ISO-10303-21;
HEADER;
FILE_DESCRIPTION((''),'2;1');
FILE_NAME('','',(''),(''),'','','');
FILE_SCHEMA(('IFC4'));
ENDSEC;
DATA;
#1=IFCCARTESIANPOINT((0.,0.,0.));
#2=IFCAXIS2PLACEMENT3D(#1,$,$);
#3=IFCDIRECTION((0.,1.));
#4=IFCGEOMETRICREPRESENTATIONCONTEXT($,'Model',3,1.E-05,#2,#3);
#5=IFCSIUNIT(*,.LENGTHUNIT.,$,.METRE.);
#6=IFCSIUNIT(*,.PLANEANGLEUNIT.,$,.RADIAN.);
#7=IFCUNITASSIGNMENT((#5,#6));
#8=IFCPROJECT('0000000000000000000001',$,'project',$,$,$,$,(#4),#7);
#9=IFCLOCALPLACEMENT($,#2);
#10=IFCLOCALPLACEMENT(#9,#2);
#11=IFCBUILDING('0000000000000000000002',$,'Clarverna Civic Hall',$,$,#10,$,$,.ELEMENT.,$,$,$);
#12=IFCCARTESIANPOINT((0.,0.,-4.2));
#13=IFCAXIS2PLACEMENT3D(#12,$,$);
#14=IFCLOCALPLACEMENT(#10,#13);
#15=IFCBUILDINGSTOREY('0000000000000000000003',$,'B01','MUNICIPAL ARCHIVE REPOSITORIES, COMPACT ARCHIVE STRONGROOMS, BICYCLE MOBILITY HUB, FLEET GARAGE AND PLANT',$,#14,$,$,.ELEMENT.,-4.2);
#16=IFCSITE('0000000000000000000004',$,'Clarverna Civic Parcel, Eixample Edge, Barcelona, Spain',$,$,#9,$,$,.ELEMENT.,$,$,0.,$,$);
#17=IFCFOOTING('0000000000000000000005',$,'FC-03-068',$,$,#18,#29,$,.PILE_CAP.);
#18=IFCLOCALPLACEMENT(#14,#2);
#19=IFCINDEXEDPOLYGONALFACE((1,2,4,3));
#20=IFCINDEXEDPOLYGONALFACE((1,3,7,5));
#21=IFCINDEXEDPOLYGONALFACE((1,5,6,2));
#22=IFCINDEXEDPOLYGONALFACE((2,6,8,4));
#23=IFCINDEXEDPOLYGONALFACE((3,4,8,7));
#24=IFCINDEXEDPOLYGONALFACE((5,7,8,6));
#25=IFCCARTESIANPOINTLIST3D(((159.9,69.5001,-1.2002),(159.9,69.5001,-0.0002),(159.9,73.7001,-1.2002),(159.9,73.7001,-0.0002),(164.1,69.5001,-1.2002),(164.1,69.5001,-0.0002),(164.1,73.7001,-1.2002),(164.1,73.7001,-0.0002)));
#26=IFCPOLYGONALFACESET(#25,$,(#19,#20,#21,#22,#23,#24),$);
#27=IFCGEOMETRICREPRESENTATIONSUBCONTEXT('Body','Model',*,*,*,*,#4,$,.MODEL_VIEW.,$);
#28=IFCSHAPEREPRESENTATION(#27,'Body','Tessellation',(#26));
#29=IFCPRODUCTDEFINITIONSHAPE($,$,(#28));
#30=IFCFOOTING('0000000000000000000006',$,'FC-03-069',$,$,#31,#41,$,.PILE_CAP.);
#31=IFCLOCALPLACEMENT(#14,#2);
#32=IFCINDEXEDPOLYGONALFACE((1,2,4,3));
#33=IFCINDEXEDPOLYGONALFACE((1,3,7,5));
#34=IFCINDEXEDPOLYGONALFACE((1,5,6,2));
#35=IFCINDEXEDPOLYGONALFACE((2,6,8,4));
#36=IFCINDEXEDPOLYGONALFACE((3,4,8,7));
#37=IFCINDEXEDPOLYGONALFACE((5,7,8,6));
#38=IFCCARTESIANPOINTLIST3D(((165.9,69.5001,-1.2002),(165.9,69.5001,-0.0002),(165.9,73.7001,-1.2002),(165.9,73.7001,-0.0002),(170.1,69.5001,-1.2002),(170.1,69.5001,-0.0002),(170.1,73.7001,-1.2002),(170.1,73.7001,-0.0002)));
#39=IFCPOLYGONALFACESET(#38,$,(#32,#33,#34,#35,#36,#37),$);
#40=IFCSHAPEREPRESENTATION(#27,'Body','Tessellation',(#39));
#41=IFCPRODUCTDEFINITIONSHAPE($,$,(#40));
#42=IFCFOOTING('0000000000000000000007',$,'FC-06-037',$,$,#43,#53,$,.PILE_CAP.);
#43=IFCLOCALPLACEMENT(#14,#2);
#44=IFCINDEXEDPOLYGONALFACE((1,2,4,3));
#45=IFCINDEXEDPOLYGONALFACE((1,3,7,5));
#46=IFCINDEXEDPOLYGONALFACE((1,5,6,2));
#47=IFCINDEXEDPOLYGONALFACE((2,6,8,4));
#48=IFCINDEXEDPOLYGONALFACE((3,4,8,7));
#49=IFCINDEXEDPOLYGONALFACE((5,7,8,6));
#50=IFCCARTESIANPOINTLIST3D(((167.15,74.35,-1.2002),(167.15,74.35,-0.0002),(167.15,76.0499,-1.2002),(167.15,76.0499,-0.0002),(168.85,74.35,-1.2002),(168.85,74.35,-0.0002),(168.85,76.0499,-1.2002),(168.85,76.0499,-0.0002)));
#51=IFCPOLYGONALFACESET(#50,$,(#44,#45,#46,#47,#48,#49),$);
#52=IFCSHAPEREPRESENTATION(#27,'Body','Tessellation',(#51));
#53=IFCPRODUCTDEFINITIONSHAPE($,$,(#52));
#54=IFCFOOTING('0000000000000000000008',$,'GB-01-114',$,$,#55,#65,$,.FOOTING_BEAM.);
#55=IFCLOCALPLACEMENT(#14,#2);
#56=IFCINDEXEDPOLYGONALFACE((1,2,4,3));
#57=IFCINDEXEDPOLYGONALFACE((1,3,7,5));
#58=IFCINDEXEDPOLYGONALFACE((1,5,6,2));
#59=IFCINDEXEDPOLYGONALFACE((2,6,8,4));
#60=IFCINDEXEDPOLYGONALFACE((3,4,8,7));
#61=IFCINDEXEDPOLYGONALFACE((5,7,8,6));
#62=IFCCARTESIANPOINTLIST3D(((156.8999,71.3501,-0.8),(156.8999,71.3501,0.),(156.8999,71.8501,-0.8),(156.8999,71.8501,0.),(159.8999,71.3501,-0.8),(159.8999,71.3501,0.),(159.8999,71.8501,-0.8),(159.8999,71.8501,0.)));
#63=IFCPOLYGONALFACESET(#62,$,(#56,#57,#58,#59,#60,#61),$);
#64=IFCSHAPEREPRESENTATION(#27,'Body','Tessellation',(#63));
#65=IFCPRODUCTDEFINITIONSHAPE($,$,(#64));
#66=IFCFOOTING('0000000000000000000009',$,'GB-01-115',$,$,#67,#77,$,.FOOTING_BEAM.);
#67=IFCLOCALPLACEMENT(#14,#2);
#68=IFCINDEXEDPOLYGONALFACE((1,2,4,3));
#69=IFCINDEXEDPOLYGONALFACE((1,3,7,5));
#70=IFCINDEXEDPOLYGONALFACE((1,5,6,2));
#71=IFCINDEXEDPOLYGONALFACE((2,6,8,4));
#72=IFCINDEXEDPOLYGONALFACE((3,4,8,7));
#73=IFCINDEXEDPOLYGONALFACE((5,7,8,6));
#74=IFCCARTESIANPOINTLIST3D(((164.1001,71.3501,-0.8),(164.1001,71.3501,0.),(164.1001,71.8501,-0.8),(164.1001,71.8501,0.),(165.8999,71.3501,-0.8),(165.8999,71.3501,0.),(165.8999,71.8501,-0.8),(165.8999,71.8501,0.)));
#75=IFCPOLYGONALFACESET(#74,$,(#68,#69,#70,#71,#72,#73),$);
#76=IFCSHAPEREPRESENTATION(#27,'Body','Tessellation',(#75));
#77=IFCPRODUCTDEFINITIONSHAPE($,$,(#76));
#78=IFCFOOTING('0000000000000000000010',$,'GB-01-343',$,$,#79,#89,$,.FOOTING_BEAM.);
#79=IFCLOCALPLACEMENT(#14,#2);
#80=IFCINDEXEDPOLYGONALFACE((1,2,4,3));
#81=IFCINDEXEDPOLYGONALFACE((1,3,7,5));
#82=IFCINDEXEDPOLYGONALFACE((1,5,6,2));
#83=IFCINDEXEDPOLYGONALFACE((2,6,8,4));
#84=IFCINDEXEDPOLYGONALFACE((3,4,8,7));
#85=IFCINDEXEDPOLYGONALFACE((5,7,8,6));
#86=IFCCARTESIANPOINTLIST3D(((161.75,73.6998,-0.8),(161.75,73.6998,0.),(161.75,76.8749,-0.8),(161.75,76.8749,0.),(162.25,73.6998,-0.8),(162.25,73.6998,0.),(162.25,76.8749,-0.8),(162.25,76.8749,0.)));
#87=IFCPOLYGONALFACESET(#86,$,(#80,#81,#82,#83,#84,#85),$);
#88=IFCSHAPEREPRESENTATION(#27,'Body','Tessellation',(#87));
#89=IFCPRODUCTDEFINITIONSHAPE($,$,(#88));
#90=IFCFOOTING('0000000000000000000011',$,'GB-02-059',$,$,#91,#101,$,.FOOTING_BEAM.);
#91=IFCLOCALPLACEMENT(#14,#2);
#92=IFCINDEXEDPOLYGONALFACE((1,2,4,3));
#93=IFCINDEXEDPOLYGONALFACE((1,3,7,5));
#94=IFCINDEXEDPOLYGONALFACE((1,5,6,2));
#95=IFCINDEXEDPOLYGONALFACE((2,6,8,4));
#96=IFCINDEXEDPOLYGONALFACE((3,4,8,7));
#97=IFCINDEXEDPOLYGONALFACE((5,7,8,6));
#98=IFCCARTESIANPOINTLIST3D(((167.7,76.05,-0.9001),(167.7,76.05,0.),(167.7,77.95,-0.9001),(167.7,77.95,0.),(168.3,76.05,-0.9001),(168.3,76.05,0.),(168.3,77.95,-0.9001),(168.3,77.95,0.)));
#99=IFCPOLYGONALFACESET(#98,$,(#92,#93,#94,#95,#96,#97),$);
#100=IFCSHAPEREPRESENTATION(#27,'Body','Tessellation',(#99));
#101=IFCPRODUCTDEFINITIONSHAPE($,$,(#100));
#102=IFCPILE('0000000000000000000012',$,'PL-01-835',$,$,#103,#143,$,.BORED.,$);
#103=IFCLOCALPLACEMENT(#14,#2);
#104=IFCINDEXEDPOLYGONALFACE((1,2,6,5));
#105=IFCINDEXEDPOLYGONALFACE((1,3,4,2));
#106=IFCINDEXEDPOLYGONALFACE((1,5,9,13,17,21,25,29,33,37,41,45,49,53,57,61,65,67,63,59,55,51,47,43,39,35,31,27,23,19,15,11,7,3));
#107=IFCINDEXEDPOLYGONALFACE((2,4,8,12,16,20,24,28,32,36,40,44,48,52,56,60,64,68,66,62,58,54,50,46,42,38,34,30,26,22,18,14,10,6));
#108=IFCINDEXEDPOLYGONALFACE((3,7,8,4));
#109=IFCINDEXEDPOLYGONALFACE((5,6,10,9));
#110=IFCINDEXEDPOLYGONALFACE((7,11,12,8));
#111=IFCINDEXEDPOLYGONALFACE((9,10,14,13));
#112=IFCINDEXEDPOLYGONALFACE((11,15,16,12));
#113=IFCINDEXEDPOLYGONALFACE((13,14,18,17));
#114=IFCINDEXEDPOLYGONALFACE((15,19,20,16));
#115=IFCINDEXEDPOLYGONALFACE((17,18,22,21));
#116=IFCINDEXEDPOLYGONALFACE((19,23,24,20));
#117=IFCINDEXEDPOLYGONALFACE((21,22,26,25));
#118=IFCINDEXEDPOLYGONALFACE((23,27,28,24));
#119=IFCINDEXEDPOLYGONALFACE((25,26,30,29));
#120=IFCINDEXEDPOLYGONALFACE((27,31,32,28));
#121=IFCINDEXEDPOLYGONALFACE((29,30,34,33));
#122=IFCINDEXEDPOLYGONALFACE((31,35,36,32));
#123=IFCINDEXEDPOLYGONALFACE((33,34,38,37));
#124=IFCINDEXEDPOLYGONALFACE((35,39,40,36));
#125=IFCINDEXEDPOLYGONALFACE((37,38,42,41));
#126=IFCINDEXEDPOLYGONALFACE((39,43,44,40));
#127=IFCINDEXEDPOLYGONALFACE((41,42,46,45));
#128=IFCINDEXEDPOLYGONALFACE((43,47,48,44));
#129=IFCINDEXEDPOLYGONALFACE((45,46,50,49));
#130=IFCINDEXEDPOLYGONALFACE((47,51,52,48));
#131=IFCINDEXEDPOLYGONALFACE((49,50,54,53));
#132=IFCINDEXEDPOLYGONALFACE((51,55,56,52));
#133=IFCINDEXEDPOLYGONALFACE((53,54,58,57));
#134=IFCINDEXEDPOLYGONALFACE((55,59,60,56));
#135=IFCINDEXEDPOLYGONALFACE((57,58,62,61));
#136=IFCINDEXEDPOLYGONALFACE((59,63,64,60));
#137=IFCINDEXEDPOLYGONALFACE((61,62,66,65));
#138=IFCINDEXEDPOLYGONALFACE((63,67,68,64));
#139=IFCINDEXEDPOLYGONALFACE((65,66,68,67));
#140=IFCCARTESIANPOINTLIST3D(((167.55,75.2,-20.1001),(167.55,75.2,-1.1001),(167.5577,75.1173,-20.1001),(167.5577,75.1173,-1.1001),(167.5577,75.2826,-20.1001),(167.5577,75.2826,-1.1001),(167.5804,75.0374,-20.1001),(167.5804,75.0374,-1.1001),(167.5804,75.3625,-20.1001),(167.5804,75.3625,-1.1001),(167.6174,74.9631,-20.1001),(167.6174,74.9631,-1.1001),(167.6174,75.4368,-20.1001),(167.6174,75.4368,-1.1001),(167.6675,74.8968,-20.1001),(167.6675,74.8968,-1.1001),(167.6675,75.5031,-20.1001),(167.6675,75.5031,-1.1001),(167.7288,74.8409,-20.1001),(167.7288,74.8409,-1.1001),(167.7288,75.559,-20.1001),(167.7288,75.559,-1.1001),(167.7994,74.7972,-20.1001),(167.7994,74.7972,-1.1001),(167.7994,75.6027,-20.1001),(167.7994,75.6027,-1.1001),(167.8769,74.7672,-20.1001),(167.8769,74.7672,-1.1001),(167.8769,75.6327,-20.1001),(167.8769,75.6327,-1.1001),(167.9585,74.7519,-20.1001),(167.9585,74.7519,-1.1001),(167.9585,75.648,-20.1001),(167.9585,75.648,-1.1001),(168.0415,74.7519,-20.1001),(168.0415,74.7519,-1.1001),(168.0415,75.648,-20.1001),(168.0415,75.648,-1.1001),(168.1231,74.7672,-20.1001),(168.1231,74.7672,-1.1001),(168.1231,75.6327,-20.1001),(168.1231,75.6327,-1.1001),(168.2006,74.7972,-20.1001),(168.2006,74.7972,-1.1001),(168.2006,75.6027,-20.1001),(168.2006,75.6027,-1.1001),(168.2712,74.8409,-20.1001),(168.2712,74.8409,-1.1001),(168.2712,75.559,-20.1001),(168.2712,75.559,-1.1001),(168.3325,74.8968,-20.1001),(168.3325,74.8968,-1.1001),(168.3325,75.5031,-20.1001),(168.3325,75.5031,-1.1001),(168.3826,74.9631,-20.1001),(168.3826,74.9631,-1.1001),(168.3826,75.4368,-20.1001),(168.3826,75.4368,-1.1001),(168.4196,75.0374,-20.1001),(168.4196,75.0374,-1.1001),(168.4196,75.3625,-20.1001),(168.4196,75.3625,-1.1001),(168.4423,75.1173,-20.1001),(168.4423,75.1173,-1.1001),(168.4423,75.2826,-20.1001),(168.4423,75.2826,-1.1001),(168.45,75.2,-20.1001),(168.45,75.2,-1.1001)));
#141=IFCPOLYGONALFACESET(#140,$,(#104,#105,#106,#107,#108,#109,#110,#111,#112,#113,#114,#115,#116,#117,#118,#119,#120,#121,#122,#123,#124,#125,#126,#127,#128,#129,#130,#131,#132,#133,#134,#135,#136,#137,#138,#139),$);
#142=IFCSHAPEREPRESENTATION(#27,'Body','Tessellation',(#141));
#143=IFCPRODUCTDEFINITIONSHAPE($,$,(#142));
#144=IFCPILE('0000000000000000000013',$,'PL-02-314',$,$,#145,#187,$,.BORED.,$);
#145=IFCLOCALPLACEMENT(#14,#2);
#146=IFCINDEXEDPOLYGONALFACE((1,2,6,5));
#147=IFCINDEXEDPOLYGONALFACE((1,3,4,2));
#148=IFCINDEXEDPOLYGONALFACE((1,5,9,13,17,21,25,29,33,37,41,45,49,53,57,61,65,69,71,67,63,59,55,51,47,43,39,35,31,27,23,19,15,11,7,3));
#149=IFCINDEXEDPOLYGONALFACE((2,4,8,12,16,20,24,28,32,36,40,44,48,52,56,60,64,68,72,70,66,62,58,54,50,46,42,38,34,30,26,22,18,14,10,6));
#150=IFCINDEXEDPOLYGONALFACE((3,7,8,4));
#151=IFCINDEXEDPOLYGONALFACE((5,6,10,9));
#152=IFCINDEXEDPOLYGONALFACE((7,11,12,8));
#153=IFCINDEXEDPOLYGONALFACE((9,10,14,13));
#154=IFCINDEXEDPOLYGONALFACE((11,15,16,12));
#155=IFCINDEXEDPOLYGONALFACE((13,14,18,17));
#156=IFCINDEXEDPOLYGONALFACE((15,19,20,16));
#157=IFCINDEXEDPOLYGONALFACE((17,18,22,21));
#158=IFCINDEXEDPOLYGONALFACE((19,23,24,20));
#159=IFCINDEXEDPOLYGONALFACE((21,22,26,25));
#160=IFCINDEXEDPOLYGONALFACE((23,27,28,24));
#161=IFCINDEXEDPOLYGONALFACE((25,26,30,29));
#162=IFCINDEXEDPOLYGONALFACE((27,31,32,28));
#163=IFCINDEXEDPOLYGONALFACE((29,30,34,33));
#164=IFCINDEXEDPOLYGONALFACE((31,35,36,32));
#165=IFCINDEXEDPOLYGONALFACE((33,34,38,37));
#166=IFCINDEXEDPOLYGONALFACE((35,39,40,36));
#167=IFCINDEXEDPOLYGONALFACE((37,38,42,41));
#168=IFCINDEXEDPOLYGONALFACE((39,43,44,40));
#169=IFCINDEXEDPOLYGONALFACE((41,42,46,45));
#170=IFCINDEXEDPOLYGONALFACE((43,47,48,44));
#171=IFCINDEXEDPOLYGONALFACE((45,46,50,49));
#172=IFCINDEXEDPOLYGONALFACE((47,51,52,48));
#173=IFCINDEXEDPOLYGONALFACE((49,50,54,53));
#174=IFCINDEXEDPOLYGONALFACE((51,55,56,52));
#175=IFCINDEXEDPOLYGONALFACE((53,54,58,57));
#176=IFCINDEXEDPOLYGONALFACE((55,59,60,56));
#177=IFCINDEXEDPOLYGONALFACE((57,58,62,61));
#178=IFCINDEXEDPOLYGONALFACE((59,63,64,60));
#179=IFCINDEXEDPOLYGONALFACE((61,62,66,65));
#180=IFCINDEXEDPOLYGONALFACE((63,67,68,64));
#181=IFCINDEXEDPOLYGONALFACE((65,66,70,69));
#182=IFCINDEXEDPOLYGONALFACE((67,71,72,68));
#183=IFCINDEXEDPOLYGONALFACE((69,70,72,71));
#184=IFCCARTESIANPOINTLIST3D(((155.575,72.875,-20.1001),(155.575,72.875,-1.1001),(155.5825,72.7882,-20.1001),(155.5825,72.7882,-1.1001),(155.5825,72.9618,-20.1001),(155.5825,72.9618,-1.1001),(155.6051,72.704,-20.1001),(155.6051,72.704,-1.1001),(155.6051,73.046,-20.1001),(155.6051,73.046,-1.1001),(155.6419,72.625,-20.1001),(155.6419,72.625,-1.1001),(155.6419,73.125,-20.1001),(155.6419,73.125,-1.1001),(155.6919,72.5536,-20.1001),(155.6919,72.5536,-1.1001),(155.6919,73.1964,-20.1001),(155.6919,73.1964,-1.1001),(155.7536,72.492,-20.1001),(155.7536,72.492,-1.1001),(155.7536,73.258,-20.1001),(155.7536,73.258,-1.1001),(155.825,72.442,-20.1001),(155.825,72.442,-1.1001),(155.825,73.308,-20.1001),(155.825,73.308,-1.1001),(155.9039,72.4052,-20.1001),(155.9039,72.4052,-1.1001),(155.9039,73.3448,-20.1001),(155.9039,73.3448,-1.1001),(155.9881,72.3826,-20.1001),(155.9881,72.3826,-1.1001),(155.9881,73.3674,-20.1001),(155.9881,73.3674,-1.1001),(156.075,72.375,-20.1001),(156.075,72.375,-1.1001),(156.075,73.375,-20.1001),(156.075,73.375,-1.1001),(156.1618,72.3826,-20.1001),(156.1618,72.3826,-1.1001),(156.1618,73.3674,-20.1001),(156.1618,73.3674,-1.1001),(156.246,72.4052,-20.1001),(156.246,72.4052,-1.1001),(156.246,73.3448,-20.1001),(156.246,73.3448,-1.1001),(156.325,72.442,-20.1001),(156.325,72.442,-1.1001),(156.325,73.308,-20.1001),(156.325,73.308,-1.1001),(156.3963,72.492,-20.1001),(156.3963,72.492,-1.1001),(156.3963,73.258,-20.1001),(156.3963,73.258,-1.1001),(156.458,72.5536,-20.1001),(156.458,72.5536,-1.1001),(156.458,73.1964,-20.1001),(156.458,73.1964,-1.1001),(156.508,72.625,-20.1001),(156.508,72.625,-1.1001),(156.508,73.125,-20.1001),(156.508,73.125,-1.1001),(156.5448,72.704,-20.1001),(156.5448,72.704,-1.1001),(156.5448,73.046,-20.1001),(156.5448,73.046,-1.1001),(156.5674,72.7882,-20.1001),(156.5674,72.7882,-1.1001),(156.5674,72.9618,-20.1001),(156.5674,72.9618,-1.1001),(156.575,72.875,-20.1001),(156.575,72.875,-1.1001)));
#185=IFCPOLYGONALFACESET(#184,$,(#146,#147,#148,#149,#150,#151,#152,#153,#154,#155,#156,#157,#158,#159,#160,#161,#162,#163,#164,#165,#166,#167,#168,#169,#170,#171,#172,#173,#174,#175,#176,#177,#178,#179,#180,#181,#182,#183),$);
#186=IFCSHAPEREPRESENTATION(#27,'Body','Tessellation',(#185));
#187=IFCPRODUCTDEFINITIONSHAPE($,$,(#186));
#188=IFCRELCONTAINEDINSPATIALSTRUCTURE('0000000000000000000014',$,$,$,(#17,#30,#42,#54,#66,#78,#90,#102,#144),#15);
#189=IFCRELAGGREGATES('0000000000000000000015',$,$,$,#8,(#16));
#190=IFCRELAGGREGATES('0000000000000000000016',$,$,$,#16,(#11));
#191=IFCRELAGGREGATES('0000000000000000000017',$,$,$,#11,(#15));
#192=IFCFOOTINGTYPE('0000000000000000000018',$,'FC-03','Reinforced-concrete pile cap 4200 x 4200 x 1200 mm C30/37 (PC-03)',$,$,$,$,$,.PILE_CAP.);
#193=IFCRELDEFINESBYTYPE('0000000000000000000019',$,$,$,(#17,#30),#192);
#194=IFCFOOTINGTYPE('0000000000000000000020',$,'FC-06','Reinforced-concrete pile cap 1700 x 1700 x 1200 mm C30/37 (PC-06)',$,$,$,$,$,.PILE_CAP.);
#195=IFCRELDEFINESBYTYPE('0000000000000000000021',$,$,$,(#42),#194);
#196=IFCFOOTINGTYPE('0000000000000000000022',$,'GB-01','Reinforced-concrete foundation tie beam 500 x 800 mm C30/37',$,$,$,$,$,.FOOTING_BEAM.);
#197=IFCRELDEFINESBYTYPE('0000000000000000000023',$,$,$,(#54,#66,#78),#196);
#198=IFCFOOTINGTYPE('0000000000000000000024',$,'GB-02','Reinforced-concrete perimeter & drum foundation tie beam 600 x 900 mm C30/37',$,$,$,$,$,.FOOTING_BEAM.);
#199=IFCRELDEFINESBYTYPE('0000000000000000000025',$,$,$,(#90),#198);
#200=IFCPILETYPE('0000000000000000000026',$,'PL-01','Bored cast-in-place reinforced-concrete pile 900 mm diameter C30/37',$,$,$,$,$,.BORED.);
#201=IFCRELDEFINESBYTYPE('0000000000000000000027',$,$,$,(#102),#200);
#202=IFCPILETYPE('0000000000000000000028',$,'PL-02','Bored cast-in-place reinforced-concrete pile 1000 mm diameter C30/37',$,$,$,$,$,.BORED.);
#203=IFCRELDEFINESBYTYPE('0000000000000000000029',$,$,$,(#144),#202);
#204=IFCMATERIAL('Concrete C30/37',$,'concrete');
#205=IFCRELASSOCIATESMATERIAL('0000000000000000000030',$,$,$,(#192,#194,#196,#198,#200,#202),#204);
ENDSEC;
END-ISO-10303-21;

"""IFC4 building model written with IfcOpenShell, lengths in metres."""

from ifc_helpers import new_model, si_unit, direction, frame, frame_2d, origin, origin_2d, place, context, subcontext, project, spatial, rectangle, circle, extrude, material, material_profile, profile_set, type_object, element, save


model = new_model("IFC4")

# Units and contexts
model_context = context("Model", 3, precision=1e-05, world=origin(), true_north=direction((0.0, 1.0)))
body_context = subcontext(model_context, "Body", "Model", "MODEL_VIEW")
ifc_project = project(units=[si_unit("LENGTHUNIT", "METRE"), si_unit("PLANEANGLEUNIT", "RADIAN")], contexts=[model_context])

# Site, building, storey
site_placement = place(None, origin())
site = spatial("IfcSite", under=ifc_project, at=site_placement, Name="Clarverna Civic Parcel, Eixample Edge, Barcelona, Spain", CompositionType="ELEMENT", RefElevation=0.0)
building_placement = place(site_placement, origin())
building = spatial("IfcBuilding", under=site, at=building_placement, Name="Clarverna Civic Hall", CompositionType="ELEMENT")
storey_placement = place(building_placement, frame((0.0, 0.0, -4.2)))
storey = spatial("IfcBuildingStorey", under=building, at=storey_placement, Name="B01", Description="MUNICIPAL ARCHIVE REPOSITORIES, COMPACT ARCHIVE STRONGROOMS, BICYCLE MOBILITY HUB, FLEET GARAGE AND PLANT", CompositionType="ELEMENT", Elevation=-4.2)

# Footings
ifc_material_1 = material(Name="Concrete C30/37", Category="concrete")
footing_type_1 = type_object("IfcFootingType", Name="FC-03", Description="Reinforced-concrete pile cap 4200 x 4200 x 1200 mm C30/37 (PC-03)", PredefinedType="PILE_CAP", material=ifc_material_1)
for number, where, z_axis, x_axis, name in (
    (1, (162.0, 71.6001, -1.2002), (0.0, 0.0, 1.0), (1.0, 0.0, 0.0), "FC-03-068"),
    (2, (168.0, 71.6001, -1.2002), (0.0, 0.0, 1.0), (1.0, 0.0, 0.0), "FC-03-069"),
):
    element("IfcFooting", number, at=place(storey_placement, frame(where, z_axis=z_axis, x_axis=x_axis)), inside=storey, type_object=footing_type_1, Name=name, PredefinedType="PILE_CAP", context=body_context, shape_type="SweptSolid", body=[
        extrude(rectangle(XDim=4.2, YDim=4.2, at=origin_2d()), origin(), (0.0, 0.0, 1.0), 1.2),
    ])
footing_type_2 = type_object("IfcFootingType", Name="FC-06", Description="Reinforced-concrete pile cap 1700 x 1700 x 1200 mm C30/37 (PC-06)", PredefinedType="PILE_CAP", material=ifc_material_1)
footing_1_placement = place(storey_placement, frame((168.0, 75.2, -1.2002), z_axis=(0.0, 0.0, 1.0), x_axis=(1.0, 0.0, 0.0)))
element("IfcFooting", 3, at=footing_1_placement, inside=storey, type_object=footing_type_2, Name="FC-06-037", PredefinedType="PILE_CAP", context=body_context, shape_type="SweptSolid", body=[
    extrude(rectangle(XDim=1.7, YDim=1.7, at=origin_2d()), origin(), (0.0, 0.0, 1.0), 1.2),
])
footing_type_3 = type_object("IfcFootingType", Name="GB-01", Description="Reinforced-concrete foundation tie beam 500 x 800 mm C30/37", PredefinedType="FOOTING_BEAM", material=ifc_material_1)
footing_2_placement = place(storey_placement, frame((156.8999, 71.6001, -0.8), z_axis=(0.0, 0.0, 1.0), x_axis=(1.0, 0.0, 0.0)))
element("IfcFooting", 4, at=footing_2_placement, inside=storey, type_object=footing_type_3, Name="GB-01-114", PredefinedType="FOOTING_BEAM", context=body_context, shape_type="SweptSolid", body=[
    extrude(rectangle(XDim=3.0, YDim=0.5, at=frame_2d((1.5, 0.0))), origin(), (0.0, 0.0, 1.0), 0.8),
])
footing_3_placement = place(storey_placement, frame((164.1001, 71.6001, -0.8), z_axis=(0.0, 0.0, 1.0), x_axis=(1.0, 0.0, 0.0)))
element("IfcFooting", 5, at=footing_3_placement, inside=storey, type_object=footing_type_3, Name="GB-01-115", PredefinedType="FOOTING_BEAM", context=body_context, shape_type="SweptSolid", body=[
    extrude(rectangle(XDim=1.7998, YDim=0.5, at=frame_2d((0.8999, 0.0))), origin(), (0.0, 0.0, 1.0), 0.8),
])
footing_4_placement = place(storey_placement, frame((162.0, 73.7, -0.8), z_axis=(0.0, 0.0, 1.0), x_axis=(0.0, 1.0, 0.0)))
element("IfcFooting", 6, at=footing_4_placement, inside=storey, type_object=footing_type_3, Name="GB-01-343", PredefinedType="FOOTING_BEAM", context=body_context, shape_type="SweptSolid", body=[
    extrude(rectangle(XDim=3.175, YDim=0.5, at=frame_2d((1.5874, 0.0))), origin(), (0.0, 0.0, 1.0), 0.8),
])
footing_type_4 = type_object("IfcFootingType", Name="GB-02", Description="Reinforced-concrete perimeter & drum foundation tie beam 600 x 900 mm C30/37", PredefinedType="FOOTING_BEAM", material=ifc_material_1)
footing_5_placement = place(storey_placement, frame((168.0, 76.05, -0.9001), z_axis=(0.0, 0.0, 1.0), x_axis=(0.0, 1.0, 0.0)))
element("IfcFooting", 7, at=footing_5_placement, inside=storey, type_object=footing_type_4, Name="GB-02-059", PredefinedType="FOOTING_BEAM", context=body_context, shape_type="SweptSolid", body=[
    extrude(rectangle(XDim=1.8999, YDim=0.6001, at=frame_2d((0.95, 0.0))), origin(), (0.0, 0.0, 1.0), 0.9001),
])

# Piles
ifc_material_profile_1 = material_profile(ifc_material_1, circle(Radius=0.45, at=origin_2d()), Name="BORED PILE D900")
ifc_profile_set_1 = profile_set([ifc_material_profile_1], Name="Concrete C30/37")
pile_type_1 = type_object("IfcPileType", Name="PL-01", Description="Bored cast-in-place reinforced-concrete pile 900 mm diameter C30/37", PredefinedType="BORED", material=ifc_profile_set_1)
pile_placement = place(storey_placement, frame((168.0, 75.2, -1.1001), z_axis=(0.0, 0.0, -1.0), x_axis=(1.0, 0.0, 0.0)))
element("IfcPile", 8, at=pile_placement, inside=storey, type_object=pile_type_1, Name="PL-01-835", PredefinedType="BORED", context=body_context, shape_type="SweptSolid", body=[
    extrude(circle(Radius=0.45, at=origin_2d()), origin(), (0.0, 0.0, 1.0), 19.0),
])
ifc_material_profile_2 = material_profile(ifc_material_1, circle(Radius=0.5, at=origin_2d()), Name="BORED PILE D1000")
ifc_profile_set_2 = profile_set([ifc_material_profile_2], Name="Concrete C30/37")
pile_type_2 = type_object("IfcPileType", Name="PL-02", Description="Bored cast-in-place reinforced-concrete pile 1000 mm diameter C30/37", PredefinedType="BORED", material=ifc_profile_set_2)
for number, where, z_axis, x_axis, name in (
    (9, (156.075, 72.875, -1.1001), (0.0, 0.0, -1.0), (1.0, 0.0, 0.0), "PL-02-314"),
):
    element("IfcPile", number, at=place(storey_placement, frame(where, z_axis=z_axis, x_axis=x_axis)), inside=storey, type_object=pile_type_2, Name=name, PredefinedType="BORED", context=body_context, shape_type="SweptSolid", body=[
        extrude(circle(Radius=0.5, at=origin_2d()), origin(), (0.0, 0.0, 1.0), 19.0),
    ])

save(model, "model.ifc")
